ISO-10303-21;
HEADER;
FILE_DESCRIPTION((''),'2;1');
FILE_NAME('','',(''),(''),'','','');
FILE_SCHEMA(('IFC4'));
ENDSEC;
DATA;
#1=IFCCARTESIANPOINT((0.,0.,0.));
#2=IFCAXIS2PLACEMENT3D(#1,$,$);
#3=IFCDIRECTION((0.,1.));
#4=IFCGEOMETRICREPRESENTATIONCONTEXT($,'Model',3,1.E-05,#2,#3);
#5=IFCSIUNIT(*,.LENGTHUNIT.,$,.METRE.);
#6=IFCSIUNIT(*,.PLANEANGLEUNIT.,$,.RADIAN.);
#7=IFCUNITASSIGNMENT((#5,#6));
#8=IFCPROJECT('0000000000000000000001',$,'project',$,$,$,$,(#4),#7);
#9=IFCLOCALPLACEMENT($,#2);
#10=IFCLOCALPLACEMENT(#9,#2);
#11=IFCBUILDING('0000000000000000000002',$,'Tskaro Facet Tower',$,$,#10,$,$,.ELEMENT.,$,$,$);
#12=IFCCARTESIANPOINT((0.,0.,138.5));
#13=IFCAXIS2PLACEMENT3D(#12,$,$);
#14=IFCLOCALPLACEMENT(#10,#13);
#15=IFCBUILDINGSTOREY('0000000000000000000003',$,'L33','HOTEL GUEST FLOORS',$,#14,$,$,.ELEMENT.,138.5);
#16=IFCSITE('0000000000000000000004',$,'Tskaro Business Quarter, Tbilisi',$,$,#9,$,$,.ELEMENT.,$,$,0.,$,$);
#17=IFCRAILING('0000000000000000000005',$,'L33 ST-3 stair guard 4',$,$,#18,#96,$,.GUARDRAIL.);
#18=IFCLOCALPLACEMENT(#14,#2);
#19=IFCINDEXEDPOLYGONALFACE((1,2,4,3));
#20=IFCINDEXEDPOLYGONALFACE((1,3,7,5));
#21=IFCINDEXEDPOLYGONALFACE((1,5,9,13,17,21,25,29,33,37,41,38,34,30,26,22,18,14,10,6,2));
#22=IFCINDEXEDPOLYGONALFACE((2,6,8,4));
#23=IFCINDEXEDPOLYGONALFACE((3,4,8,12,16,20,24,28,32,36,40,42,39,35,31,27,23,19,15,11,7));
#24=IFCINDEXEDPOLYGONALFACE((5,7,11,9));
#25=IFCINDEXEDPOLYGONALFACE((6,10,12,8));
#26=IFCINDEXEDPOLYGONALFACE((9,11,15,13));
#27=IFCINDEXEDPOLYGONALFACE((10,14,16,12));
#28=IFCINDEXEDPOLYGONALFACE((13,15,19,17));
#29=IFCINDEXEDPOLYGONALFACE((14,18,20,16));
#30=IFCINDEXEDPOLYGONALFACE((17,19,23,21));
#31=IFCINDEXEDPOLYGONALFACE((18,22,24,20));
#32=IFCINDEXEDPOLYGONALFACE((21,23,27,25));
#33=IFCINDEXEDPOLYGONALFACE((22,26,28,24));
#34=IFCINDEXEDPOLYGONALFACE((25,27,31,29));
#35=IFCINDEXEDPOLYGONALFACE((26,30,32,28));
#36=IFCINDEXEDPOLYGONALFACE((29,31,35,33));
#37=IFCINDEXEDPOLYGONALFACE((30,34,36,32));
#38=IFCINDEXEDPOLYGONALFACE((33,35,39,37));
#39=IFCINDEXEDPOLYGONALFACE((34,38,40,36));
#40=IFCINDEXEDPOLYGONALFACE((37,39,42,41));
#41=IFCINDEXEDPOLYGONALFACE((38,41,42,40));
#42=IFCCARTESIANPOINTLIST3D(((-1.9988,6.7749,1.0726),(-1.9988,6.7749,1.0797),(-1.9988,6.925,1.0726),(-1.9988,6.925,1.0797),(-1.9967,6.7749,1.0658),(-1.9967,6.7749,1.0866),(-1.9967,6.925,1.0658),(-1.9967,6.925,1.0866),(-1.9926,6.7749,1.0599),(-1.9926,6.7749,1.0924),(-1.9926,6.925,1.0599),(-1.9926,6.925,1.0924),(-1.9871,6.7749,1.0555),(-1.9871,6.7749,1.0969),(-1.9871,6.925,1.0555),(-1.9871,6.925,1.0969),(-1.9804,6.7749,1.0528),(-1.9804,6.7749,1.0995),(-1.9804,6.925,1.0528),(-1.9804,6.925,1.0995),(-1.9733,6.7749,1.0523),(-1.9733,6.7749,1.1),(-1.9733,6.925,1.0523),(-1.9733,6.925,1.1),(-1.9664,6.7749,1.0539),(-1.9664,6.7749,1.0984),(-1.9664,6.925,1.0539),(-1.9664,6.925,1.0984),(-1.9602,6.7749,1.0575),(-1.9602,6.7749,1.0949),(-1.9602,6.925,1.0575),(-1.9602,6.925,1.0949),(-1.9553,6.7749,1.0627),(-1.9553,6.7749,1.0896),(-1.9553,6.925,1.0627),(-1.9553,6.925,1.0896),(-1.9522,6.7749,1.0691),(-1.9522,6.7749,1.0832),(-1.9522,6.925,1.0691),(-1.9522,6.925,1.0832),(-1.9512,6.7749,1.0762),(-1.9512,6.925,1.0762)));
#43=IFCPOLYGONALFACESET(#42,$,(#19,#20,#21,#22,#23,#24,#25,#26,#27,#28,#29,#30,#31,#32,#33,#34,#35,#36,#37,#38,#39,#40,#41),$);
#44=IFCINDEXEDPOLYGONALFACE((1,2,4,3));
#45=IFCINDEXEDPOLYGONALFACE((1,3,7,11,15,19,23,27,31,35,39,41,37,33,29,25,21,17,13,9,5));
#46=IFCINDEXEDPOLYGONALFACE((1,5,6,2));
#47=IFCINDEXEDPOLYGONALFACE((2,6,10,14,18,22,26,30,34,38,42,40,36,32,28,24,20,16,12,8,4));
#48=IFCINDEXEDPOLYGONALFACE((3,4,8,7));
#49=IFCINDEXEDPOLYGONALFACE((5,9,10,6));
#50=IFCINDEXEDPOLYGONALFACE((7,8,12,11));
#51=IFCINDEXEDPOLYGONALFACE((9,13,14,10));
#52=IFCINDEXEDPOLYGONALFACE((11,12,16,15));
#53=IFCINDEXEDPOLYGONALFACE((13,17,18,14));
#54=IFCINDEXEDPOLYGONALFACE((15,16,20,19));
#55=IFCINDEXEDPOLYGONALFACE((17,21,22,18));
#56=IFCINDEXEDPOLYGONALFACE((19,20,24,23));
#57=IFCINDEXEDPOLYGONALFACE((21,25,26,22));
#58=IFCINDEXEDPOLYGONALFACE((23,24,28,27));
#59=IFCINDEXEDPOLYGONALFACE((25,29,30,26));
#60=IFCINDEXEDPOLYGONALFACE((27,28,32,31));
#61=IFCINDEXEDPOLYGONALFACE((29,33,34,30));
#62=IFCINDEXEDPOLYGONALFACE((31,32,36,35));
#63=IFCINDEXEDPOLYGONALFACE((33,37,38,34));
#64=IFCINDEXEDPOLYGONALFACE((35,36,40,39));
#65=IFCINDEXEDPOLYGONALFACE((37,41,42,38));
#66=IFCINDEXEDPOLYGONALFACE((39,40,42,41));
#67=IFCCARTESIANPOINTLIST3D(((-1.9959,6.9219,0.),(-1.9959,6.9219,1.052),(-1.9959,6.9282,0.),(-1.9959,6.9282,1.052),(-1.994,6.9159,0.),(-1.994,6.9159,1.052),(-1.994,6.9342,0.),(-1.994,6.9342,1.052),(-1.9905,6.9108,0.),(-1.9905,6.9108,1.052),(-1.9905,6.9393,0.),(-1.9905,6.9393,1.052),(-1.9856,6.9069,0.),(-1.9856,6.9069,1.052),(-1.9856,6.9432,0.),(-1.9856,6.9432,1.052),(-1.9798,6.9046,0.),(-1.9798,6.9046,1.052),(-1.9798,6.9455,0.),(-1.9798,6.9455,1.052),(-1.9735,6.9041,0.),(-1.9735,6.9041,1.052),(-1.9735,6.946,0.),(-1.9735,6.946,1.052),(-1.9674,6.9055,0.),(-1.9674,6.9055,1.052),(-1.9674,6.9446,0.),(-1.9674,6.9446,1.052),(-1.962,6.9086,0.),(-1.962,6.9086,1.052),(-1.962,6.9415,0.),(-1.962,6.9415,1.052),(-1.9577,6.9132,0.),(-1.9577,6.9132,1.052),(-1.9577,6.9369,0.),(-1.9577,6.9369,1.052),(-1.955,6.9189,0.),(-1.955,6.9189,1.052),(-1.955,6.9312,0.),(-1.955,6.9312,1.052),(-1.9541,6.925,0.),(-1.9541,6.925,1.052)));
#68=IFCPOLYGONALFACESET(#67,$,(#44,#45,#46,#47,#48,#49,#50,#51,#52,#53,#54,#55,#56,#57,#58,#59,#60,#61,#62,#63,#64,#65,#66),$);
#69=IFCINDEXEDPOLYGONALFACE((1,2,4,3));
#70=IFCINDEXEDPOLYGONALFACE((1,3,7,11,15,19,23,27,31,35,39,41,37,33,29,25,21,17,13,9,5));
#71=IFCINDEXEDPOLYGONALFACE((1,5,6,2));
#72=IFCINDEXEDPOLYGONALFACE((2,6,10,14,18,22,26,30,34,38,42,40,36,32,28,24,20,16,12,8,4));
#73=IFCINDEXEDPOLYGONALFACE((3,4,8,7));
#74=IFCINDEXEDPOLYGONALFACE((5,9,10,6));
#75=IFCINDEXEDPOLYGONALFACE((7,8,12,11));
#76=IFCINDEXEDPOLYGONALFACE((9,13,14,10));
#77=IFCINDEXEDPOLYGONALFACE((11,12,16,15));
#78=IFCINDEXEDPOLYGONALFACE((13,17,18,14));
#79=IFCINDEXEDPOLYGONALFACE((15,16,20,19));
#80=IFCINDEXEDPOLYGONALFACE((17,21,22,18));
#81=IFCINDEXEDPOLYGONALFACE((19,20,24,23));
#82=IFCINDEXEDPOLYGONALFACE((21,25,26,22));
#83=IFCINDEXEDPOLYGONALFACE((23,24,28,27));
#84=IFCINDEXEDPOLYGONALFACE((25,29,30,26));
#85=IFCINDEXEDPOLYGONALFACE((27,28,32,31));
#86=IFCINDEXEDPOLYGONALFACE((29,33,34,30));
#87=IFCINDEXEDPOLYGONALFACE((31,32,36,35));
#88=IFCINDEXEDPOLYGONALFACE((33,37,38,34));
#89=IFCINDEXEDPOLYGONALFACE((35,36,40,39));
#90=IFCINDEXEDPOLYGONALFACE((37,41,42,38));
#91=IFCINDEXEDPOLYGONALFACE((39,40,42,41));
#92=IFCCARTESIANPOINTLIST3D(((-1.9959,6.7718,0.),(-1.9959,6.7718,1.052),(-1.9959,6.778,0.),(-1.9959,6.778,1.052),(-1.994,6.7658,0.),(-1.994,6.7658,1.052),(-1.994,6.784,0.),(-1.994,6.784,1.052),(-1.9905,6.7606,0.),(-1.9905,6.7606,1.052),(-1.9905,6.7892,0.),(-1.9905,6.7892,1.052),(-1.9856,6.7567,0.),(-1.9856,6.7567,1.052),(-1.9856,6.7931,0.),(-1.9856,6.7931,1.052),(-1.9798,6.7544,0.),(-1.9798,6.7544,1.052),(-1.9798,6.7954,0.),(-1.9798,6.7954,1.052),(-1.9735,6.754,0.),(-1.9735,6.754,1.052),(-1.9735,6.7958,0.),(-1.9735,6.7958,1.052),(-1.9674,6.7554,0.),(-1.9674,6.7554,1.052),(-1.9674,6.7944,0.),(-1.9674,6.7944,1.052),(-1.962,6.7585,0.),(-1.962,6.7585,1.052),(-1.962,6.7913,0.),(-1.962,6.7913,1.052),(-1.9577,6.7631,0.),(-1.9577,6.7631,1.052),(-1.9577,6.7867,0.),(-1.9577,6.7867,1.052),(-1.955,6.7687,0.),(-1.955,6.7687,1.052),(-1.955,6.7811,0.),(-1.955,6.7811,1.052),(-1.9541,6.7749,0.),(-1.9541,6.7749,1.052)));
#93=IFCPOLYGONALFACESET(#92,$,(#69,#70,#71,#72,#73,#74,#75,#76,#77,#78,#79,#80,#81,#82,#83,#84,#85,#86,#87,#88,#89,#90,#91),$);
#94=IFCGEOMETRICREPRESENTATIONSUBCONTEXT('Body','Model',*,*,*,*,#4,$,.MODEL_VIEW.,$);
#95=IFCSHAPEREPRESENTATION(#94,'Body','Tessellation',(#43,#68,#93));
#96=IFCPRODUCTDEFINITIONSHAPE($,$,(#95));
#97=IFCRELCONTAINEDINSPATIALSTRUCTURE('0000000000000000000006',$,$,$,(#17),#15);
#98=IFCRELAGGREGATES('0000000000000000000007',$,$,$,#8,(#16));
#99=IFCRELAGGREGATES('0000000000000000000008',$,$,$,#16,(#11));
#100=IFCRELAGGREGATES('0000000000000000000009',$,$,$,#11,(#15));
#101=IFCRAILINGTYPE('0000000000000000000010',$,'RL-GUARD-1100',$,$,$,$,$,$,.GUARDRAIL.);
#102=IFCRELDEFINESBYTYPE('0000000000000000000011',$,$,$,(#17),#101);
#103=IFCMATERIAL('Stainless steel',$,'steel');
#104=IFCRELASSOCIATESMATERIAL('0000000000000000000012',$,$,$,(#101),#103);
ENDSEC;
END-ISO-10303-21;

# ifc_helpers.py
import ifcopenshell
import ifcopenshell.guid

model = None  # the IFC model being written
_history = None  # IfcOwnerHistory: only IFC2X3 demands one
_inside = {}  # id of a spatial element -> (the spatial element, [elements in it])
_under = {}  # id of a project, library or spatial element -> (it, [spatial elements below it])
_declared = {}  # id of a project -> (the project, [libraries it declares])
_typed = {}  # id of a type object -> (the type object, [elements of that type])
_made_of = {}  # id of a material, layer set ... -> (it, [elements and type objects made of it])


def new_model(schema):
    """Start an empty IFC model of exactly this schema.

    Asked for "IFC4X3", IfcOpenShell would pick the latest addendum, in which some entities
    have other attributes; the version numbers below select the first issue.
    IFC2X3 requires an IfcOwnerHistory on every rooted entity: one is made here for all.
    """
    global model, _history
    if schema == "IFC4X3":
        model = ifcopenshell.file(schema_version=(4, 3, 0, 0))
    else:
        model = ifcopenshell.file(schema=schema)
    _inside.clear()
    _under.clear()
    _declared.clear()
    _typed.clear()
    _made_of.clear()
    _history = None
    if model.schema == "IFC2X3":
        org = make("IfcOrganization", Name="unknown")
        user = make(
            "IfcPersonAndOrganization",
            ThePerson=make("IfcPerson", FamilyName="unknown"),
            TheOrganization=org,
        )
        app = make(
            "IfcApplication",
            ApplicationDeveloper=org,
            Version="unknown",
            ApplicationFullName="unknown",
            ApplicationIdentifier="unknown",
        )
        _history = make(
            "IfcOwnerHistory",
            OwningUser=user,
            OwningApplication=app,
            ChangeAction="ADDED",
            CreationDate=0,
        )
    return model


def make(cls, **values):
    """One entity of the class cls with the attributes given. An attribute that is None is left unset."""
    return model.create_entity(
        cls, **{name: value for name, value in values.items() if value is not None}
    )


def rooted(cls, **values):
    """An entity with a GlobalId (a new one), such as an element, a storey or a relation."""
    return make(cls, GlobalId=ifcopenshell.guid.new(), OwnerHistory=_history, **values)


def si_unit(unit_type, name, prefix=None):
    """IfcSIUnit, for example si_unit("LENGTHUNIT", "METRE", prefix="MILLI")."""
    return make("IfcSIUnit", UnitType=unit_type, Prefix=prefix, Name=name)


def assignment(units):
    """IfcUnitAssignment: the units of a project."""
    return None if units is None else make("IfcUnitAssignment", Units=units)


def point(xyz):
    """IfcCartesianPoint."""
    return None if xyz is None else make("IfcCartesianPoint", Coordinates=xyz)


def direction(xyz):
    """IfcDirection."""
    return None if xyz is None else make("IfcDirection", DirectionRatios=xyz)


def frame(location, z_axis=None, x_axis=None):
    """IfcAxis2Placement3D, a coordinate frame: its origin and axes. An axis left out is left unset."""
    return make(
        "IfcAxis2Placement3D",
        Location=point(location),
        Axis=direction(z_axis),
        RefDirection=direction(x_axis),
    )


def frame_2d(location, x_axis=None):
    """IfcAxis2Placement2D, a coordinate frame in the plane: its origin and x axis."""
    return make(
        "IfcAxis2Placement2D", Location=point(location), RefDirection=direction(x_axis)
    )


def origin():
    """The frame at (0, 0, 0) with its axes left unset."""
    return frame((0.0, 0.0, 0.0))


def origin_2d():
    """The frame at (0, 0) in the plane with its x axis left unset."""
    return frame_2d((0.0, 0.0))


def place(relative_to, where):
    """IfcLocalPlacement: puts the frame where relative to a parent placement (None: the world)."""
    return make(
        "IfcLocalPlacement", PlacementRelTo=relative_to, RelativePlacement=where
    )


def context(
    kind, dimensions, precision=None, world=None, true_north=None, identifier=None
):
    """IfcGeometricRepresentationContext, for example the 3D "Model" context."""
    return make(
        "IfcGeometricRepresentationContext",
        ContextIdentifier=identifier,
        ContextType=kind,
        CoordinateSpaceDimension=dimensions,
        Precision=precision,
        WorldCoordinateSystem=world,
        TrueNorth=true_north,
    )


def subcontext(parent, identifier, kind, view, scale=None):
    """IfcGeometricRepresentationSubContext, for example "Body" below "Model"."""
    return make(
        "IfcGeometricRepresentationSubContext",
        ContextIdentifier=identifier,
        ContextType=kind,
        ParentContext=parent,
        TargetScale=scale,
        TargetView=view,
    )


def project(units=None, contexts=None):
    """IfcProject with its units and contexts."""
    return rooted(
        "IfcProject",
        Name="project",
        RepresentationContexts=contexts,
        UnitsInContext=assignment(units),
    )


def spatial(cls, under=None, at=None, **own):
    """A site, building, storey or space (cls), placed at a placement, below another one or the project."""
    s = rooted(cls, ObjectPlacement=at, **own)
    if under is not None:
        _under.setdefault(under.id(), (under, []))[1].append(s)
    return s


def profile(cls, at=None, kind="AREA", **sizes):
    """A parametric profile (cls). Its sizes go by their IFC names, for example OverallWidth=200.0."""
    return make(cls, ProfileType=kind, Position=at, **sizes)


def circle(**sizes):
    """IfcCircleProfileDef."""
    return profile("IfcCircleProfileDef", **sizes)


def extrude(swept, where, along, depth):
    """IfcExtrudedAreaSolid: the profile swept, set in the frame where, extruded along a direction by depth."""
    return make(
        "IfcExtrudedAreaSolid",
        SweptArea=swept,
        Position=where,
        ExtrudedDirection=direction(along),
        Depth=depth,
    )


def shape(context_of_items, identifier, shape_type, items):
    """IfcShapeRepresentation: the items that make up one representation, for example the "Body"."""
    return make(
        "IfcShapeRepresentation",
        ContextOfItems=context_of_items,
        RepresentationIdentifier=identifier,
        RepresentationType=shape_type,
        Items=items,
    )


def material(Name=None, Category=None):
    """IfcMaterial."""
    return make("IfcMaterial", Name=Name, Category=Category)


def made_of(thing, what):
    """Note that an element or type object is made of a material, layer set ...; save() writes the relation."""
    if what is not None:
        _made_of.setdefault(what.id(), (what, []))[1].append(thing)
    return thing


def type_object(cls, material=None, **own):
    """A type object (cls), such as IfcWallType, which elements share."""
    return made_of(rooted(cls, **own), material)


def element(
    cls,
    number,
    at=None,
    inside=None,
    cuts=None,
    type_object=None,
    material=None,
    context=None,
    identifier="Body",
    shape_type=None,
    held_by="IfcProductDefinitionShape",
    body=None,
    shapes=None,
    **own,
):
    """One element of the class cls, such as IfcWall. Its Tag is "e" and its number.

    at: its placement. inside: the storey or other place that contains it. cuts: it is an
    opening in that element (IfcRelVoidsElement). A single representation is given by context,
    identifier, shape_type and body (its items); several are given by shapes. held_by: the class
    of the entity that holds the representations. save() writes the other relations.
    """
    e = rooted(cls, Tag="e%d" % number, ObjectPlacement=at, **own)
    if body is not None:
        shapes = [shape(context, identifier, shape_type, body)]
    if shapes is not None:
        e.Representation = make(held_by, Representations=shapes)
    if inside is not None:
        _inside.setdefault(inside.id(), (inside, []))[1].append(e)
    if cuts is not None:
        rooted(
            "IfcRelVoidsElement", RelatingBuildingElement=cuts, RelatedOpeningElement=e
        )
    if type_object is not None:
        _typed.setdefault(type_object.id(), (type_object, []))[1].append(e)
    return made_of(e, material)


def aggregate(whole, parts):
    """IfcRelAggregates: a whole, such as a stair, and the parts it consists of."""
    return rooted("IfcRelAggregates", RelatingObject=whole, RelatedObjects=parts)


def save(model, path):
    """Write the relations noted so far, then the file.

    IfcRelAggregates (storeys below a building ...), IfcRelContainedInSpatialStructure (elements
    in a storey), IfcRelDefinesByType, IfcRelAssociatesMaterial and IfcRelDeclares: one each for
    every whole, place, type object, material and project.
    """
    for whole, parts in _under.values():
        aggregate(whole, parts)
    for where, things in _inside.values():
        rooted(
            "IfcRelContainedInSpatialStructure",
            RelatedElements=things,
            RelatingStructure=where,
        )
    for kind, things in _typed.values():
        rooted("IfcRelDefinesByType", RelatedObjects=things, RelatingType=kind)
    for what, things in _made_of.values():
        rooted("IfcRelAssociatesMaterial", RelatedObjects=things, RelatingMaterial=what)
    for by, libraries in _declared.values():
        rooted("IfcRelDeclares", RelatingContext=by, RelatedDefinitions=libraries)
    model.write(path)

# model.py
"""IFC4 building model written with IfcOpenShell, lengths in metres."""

from ifc_helpers import new_model, si_unit, direction, frame, origin, origin_2d, place, context, subcontext, project, spatial, circle, extrude, material, type_object, element, save


model = new_model("IFC4")

# Units and contexts
model_context = context("Model", 3, precision=1e-05, world=origin(), true_north=direction((0.0, 1.0)))
body_context = subcontext(model_context, "Body", "Model", "MODEL_VIEW")
ifc_project = project(units=[si_unit("LENGTHUNIT", "METRE"), si_unit("PLANEANGLEUNIT", "RADIAN")], contexts=[model_context])

# Site, building, storey
site_placement = place(None, origin())
site = spatial("IfcSite", under=ifc_project, at=site_placement, Name="Tskaro Business Quarter, Tbilisi", CompositionType="ELEMENT", RefElevation=0.0)
building_placement = place(site_placement, origin())
building = spatial("IfcBuilding", under=site, at=building_placement, Name="Tskaro Facet Tower", CompositionType="ELEMENT")
storey_placement = place(building_placement, frame((0.0, 0.0, 138.5)))
storey = spatial("IfcBuildingStorey", under=building, at=storey_placement, Name="L33", Description="HOTEL GUEST FLOORS", CompositionType="ELEMENT", Elevation=138.5)

# Railing
ifc_material_1 = material(Name="Stainless steel", Category="steel")
railing_type_1 = type_object("IfcRailingType", Name="RL-GUARD-1100", PredefinedType="GUARDRAIL", material=ifc_material_1)
railing_1_placement = place(storey_placement, frame((-1.9751, 6.925, 0.0)))
element("IfcRailing", 1, at=railing_1_placement, inside=storey, type_object=railing_type_1, Name="L33 ST-3 stair guard 4", PredefinedType="GUARDRAIL", context=body_context, shape_type="SweptSolid", body=[
    extrude(circle(Radius=0.0239, at=origin_2d()), frame((0.0, 0.0, 1.0762), z_axis=(0.0, -1.0, 0.0), x_axis=(1.0, 0.0, 0.0)), (0.0, 0.0, 1.0), 0.1501),
    extrude(circle(Radius=0.021, at=origin_2d()), origin(), (0.0, 0.0, 1.0), 1.052),
    extrude(circle(Radius=0.021, at=origin_2d()), frame((0.0, -0.1501, 0.0)), (0.0, 0.0, 1.0), 1.052),
])

save(model, "model.ifc")
